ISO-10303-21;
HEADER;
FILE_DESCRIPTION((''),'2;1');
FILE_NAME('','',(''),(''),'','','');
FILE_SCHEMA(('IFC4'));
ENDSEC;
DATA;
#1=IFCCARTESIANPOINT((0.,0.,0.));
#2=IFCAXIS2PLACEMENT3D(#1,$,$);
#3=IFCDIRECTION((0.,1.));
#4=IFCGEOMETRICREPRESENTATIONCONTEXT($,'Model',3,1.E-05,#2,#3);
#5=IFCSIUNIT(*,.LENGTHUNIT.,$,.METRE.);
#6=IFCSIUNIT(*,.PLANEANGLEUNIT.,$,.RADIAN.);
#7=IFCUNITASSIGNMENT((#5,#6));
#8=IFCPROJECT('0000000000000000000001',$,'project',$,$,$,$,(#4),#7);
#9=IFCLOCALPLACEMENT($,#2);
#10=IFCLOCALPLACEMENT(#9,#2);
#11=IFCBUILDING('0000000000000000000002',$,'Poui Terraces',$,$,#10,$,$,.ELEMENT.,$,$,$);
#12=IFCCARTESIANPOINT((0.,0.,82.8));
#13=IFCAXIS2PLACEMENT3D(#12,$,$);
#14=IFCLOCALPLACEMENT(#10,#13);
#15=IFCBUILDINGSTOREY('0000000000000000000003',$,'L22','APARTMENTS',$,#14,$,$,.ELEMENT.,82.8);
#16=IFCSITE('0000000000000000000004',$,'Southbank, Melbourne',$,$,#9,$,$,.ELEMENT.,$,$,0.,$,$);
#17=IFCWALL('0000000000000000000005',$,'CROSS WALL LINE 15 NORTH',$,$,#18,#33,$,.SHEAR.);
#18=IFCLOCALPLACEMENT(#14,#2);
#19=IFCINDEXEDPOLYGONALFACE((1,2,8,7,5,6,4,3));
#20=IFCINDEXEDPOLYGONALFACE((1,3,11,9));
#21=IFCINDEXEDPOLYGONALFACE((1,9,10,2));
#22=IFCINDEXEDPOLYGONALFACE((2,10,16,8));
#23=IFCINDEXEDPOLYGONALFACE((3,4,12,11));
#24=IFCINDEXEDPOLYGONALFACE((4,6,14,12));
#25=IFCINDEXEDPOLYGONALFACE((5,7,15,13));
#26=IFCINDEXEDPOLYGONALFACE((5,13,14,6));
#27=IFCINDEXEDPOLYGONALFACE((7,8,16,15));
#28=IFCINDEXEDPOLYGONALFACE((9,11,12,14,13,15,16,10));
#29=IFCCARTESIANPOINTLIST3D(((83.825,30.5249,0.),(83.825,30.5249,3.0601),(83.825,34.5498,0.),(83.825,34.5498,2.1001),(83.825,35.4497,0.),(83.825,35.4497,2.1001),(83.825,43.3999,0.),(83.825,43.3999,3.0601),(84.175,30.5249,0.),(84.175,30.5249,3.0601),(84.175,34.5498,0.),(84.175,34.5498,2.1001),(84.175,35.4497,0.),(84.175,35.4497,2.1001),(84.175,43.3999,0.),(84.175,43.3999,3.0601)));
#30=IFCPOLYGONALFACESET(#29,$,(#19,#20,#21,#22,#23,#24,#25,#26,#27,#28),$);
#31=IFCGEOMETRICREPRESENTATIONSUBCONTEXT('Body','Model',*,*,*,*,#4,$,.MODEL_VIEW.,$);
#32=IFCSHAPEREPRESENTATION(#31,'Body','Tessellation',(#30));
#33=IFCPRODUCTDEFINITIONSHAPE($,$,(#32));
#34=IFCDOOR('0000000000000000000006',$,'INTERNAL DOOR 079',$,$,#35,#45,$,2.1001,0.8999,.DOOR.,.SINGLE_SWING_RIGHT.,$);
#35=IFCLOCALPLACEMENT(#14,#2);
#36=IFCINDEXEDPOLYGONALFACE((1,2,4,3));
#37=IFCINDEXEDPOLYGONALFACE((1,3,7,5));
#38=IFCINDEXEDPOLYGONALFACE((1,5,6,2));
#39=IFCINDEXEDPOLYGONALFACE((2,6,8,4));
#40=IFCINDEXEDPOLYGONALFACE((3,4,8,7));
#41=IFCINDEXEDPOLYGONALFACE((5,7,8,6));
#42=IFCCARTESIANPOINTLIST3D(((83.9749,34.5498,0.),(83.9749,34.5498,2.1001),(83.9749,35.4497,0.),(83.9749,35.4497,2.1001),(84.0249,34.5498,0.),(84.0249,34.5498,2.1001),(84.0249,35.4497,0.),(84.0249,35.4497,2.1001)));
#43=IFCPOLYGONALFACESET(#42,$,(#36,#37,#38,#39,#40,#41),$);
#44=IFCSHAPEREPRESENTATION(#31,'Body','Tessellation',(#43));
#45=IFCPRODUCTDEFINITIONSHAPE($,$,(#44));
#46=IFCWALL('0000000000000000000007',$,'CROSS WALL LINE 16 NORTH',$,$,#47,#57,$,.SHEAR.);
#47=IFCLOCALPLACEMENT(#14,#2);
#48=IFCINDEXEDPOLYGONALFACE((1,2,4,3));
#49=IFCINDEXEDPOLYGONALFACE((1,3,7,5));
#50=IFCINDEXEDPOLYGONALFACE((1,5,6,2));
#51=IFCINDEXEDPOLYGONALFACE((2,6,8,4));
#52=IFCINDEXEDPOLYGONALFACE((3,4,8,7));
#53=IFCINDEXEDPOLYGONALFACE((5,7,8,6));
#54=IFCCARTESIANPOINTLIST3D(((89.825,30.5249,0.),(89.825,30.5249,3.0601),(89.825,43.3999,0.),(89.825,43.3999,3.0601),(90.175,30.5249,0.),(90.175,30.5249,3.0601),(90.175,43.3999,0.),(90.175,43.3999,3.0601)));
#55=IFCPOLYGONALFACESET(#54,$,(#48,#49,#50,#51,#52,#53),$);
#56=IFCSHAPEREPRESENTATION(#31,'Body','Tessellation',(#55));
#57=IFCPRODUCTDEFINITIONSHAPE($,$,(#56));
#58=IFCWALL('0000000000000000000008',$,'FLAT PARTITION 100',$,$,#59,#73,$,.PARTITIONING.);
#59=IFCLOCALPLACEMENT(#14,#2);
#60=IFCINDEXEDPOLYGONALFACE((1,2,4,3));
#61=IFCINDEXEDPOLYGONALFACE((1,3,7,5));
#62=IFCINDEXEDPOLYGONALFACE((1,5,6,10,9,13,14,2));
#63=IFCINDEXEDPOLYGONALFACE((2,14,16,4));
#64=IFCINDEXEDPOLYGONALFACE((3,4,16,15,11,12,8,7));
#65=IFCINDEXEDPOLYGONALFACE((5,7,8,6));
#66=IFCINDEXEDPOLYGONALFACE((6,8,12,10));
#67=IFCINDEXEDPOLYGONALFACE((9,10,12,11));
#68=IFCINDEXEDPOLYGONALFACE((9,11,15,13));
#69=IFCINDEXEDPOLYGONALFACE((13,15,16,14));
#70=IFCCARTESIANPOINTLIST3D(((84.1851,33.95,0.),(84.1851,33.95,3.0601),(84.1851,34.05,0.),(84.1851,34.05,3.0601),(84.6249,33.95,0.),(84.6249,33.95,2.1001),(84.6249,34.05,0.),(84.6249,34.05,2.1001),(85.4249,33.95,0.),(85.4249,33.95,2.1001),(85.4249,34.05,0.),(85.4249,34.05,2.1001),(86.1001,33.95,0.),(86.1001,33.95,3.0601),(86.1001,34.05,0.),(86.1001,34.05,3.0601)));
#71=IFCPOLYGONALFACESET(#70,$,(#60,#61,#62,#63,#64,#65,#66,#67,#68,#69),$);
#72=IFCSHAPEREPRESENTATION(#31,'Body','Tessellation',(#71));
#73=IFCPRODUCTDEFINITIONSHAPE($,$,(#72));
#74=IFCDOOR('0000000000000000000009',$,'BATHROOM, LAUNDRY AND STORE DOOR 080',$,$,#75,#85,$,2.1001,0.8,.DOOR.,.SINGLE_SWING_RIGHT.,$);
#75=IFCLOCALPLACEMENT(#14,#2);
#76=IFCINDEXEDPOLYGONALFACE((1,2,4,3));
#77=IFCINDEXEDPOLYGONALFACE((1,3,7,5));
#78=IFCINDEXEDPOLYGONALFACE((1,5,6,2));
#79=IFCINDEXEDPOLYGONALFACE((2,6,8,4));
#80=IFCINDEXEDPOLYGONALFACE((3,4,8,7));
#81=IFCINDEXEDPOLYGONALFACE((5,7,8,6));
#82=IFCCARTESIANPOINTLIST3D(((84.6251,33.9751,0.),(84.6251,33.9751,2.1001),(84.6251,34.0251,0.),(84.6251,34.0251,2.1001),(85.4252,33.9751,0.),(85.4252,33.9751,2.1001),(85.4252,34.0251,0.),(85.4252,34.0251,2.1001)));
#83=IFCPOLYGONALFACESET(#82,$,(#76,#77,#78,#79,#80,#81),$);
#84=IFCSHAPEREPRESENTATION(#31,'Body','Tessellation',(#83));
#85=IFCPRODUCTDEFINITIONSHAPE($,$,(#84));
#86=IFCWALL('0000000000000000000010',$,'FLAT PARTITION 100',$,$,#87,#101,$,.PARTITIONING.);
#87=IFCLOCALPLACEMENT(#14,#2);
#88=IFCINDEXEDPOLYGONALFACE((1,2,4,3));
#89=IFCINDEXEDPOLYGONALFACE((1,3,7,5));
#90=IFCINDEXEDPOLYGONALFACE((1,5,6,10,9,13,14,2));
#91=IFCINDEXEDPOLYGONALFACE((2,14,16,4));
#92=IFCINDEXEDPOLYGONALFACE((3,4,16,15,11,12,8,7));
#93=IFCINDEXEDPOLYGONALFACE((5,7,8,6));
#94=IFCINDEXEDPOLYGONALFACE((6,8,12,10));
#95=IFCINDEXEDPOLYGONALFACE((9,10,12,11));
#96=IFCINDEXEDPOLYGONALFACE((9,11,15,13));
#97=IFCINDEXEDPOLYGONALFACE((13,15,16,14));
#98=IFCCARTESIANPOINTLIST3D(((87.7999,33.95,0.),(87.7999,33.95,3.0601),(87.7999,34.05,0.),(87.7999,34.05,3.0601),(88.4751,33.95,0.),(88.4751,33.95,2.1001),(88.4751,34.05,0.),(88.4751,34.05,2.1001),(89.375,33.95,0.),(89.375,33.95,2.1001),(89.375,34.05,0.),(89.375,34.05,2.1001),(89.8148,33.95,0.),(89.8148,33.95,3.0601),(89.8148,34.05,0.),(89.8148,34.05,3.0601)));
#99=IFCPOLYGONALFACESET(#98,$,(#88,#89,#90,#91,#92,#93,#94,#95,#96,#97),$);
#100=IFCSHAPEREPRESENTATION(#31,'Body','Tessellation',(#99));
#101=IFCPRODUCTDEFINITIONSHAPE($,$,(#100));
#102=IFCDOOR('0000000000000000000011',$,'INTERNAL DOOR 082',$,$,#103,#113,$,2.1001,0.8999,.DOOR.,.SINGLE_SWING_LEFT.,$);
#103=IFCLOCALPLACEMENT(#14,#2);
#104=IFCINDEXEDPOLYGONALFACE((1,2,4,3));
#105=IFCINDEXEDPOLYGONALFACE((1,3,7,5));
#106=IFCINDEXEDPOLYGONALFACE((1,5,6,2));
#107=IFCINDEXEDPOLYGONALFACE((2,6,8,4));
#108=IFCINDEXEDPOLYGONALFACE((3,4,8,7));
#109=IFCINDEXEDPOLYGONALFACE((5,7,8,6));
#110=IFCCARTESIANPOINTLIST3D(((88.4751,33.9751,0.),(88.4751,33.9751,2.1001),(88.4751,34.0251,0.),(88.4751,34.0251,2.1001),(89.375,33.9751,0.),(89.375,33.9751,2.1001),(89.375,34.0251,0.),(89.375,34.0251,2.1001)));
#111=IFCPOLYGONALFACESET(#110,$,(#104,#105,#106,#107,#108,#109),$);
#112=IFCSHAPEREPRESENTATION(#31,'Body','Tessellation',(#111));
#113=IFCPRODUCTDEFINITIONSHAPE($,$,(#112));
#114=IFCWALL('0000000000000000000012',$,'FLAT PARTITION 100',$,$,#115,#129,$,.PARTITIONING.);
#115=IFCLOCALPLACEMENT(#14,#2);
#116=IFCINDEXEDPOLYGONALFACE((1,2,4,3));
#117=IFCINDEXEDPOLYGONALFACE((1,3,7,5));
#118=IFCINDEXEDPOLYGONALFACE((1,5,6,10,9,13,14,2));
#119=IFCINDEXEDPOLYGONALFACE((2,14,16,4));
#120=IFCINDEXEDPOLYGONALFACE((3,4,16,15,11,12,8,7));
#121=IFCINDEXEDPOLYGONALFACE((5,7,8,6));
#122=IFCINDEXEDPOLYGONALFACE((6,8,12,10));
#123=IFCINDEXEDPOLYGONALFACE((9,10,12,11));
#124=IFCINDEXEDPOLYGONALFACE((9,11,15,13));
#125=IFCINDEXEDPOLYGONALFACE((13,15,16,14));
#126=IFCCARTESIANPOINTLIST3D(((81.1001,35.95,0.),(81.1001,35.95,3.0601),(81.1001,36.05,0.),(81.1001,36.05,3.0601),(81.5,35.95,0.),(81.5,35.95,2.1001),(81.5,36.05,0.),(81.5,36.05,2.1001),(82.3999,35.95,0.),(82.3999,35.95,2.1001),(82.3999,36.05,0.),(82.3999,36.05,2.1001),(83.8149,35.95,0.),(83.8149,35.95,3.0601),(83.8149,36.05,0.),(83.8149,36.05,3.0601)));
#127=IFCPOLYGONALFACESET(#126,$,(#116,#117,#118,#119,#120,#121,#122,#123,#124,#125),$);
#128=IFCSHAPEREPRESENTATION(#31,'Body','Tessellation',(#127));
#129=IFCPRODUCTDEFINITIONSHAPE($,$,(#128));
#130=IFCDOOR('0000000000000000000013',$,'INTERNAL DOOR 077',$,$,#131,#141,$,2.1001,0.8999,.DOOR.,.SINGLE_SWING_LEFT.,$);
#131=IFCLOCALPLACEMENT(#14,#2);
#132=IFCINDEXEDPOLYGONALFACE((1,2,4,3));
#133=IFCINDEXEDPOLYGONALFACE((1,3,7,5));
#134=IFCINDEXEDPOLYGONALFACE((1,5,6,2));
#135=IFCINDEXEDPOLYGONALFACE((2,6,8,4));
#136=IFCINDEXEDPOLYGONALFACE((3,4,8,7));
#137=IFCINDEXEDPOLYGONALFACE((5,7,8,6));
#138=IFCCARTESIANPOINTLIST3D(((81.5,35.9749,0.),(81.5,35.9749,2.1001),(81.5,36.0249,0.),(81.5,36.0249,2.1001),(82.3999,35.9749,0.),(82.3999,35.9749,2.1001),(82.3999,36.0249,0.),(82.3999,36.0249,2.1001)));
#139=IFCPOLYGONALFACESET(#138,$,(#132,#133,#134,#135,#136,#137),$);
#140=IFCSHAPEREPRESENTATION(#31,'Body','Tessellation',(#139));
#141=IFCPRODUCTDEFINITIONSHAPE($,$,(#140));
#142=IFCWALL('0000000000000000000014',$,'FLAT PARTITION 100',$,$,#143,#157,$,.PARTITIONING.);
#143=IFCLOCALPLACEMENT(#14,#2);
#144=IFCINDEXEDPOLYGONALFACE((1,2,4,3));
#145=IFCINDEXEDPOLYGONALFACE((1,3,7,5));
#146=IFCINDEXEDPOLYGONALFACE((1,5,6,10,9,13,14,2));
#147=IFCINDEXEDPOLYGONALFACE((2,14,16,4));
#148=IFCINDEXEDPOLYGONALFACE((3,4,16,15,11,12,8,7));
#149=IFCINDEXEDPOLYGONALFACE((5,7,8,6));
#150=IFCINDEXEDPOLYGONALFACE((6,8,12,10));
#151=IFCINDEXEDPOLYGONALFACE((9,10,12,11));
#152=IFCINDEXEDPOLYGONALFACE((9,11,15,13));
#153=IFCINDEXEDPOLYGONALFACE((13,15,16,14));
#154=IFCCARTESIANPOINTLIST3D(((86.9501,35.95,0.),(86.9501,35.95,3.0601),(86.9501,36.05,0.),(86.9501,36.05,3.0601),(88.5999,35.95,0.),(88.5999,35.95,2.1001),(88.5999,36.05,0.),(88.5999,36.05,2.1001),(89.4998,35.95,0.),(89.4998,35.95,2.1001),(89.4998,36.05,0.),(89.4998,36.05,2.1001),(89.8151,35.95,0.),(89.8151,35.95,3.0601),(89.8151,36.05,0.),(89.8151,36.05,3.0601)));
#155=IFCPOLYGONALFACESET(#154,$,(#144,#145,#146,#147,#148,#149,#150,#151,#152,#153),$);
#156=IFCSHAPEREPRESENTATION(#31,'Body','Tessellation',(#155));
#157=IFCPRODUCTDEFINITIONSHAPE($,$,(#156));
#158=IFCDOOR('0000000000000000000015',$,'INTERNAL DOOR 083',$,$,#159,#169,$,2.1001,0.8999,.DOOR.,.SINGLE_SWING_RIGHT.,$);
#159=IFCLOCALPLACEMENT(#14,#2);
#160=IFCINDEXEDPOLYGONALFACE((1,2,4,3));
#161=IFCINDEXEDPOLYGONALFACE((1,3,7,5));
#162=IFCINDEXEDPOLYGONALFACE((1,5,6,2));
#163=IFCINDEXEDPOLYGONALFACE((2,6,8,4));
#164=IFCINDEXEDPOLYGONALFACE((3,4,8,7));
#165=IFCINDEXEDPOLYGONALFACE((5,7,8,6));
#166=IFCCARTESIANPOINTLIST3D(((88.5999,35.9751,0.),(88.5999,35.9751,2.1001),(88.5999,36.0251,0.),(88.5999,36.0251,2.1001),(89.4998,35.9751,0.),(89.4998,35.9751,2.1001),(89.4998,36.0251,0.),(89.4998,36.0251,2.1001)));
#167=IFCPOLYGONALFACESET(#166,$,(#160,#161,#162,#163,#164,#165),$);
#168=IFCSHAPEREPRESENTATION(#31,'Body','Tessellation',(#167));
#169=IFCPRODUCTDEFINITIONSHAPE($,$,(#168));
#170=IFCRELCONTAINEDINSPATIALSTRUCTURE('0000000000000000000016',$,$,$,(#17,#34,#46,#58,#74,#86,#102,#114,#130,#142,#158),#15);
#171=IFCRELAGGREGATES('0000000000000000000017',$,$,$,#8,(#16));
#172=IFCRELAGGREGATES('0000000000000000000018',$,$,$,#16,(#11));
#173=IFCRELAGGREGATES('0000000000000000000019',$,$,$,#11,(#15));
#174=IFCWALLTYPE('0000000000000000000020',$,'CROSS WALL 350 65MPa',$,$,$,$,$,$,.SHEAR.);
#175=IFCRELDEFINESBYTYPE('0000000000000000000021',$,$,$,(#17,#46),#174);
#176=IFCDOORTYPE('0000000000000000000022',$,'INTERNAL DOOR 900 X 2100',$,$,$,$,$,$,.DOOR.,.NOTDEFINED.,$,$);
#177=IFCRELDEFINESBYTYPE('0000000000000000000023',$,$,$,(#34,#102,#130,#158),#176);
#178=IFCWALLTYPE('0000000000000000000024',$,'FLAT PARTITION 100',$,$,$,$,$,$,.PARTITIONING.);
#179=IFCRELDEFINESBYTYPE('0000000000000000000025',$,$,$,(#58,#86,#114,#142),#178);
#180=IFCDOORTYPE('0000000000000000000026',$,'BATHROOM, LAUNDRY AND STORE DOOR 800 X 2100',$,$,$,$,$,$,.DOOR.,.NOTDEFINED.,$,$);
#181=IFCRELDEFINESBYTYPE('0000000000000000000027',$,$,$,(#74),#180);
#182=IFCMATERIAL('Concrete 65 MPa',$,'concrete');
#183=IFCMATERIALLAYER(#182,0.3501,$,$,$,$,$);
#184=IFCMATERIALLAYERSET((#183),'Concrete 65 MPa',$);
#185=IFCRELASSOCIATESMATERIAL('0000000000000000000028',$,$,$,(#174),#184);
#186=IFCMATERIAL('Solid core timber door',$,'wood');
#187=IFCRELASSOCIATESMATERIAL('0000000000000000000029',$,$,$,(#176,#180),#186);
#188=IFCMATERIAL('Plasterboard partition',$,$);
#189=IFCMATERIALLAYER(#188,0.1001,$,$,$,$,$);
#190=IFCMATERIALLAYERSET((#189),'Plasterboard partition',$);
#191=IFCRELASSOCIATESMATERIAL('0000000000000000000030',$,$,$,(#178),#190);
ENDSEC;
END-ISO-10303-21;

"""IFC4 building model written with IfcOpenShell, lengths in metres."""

from ifc_helpers import new_model, si_unit, direction, frame, frame_2d, origin, place, context, subcontext, project, spatial, rectangle, extrude, material, layer, layer_set, type_object, element, fill, save


model = new_model("IFC4")

# Units and contexts
model_context = context("Model", 3, precision=1e-05, world=origin(), true_north=direction((0.0, 1.0)))
body_context = subcontext(model_context, "Body", "Model", "MODEL_VIEW")
ifc_project = project(units=[si_unit("LENGTHUNIT", "METRE"), si_unit("PLANEANGLEUNIT", "RADIAN")], contexts=[model_context])

# Site, building, storey
site_placement = place(None, origin())
site = spatial("IfcSite", under=ifc_project, at=site_placement, Name="Southbank, Melbourne", CompositionType="ELEMENT", RefElevation=0.0)
building_placement = place(site_placement, origin())
building = spatial("IfcBuilding", under=site, at=building_placement, Name="Poui Terraces", CompositionType="ELEMENT")
storey_placement = place(building_placement, frame((0.0, 0.0, 82.8)))
storey = spatial("IfcBuildingStorey", under=building, at=storey_placement, Name="L22", Description="APARTMENTS", CompositionType="ELEMENT", Elevation=82.8)

# Wall, opening, door
ifc_material_1 = material(Name="Concrete 65 MPa", Category="concrete")
ifc_layer_1 = layer(ifc_material_1, 0.3501)
ifc_layer_set_1 = layer_set([ifc_layer_1], Name="Concrete 65 MPa")
wall_type_1 = type_object("IfcWallType", Name="CROSS WALL 350 65MPa", PredefinedType="SHEAR", material=ifc_layer_set_1)
wall_1_placement = place(storey_placement, frame((84.0, 30.5249, 0.0), z_axis=(0.0, 0.0, 1.0), x_axis=(0.0, 1.0, 0.0)))
wall_1 = element("IfcWall", 1, at=wall_1_placement, inside=storey, type_object=wall_type_1, Name="CROSS WALL LINE 15 NORTH", PredefinedType="SHEAR", context=body_context, shape_type="SweptSolid", body=[
    extrude(rectangle(XDim=12.875, YDim=0.3501, at=frame_2d((6.4375, 0.0))), origin(), (0.0, 0.0, 1.0), 3.0601),
])
opening_1_placement = place(wall_1_placement, frame((4.0249, 0.0, 0.0)))
opening_1 = element("IfcOpeningElement", 2, at=opening_1_placement, cuts=wall_1, PredefinedType="OPENING", context=body_context, shape_type="SweptSolid", body=[
    extrude(rectangle(XDim=0.8999, YDim=2.1001, at=frame_2d((0.45, 1.05))), frame((0.0, 0.1851, 0.0), z_axis=(0.0, -1.0, 0.0), x_axis=(1.0, 0.0, 0.0)), (0.0, 0.0, 1.0), 0.3701),
])
ifc_material_2 = material(Name="Solid core timber door", Category="wood")
door_type_1 = type_object("IfcDoorType", Name="INTERNAL DOOR 900 X 2100", OperationType="NOTDEFINED", PredefinedType="DOOR", material=ifc_material_2)
door_1_placement = place(opening_1_placement, frame((0.8999, 0.0, 0.0), z_axis=(0.0, 0.0, 1.0), x_axis=(-1.0, 0.0, 0.0)))
door_1 = element("IfcDoor", 3, at=door_1_placement, inside=storey, type_object=door_type_1, Name="INTERNAL DOOR 079", OperationType="SINGLE_SWING_RIGHT", OverallHeight=2.1001, OverallWidth=0.8999, PredefinedType="DOOR", context=body_context, shape_type="SweptSolid", body=[
    extrude(rectangle(XDim=0.8999, YDim=2.1001, at=frame_2d((0.45, 1.05))), frame((0.0, 0.0249, 0.0), z_axis=(0.0, -1.0, 0.0), x_axis=(1.0, 0.0, 0.0)), (0.0, 0.0, 1.0), 0.05),
])
fill(opening_1, door_1)

# Wall
wall_2_placement = place(storey_placement, frame((90.0, 30.5249, 0.0), z_axis=(0.0, 0.0, 1.0), x_axis=(0.0, 1.0, 0.0)))
element("IfcWall", 4, at=wall_2_placement, inside=storey, type_object=wall_type_1, Name="CROSS WALL LINE 16 NORTH", PredefinedType="SHEAR", context=body_context, shape_type="SweptSolid", body=[
    extrude(rectangle(XDim=12.875, YDim=0.3501, at=frame_2d((6.4375, 0.0))), origin(), (0.0, 0.0, 1.0), 3.0601),
])

# Walls, openings, doors
ifc_material_3 = material(Name="Plasterboard partition")
ifc_layer_2 = layer(ifc_material_3, 0.1001)
ifc_layer_set_2 = layer_set([ifc_layer_2], Name="Plasterboard partition")
wall_type_2 = type_object("IfcWallType", Name="FLAT PARTITION 100", PredefinedType="PARTITIONING", material=ifc_layer_set_2)
wall_3_placement = place(storey_placement, frame((84.1851, 34.0, 0.0), z_axis=(0.0, 0.0, 1.0), x_axis=(1.0, 0.0, 0.0)))
wall_3 = element("IfcWall", 5, at=wall_3_placement, inside=storey, type_object=wall_type_2, Name="FLAT PARTITION 100", PredefinedType="PARTITIONING", context=body_context, shape_type="SweptSolid", body=[
    extrude(rectangle(XDim=1.915, YDim=0.1001, at=frame_2d((0.9575, 0.0))), origin(), (0.0, 0.0, 1.0), 3.0601),
])
opening_2_placement = place(wall_3_placement, frame((0.4399, 0.0, 0.0)))
opening_2 = element("IfcOpeningElement", 6, at=opening_2_placement, cuts=wall_3, PredefinedType="OPENING", context=body_context, shape_type="SweptSolid", body=[
    extrude(rectangle(XDim=0.8, YDim=2.1001, at=frame_2d((0.3999, 1.05))), frame((0.0, 0.0601, 0.0), z_axis=(0.0, -1.0, 0.0), x_axis=(1.0, 0.0, 0.0)), (0.0, 0.0, 1.0), 0.1201),
])
door_type_2 = type_object("IfcDoorType", Name="BATHROOM, LAUNDRY AND STORE DOOR 800 X 2100", OperationType="NOTDEFINED", PredefinedType="DOOR", material=ifc_material_2)
door_2_placement = place(opening_2_placement, frame((0.8, 0.0, 0.0), z_axis=(0.0, 0.0, 1.0), x_axis=(-1.0, 0.0, 0.0)))
door_2 = element("IfcDoor", 7, at=door_2_placement, inside=storey, type_object=door_type_2, Name="BATHROOM, LAUNDRY AND STORE DOOR 080", OperationType="SINGLE_SWING_RIGHT", OverallHeight=2.1001, OverallWidth=0.8, PredefinedType="DOOR", context=body_context, shape_type="SweptSolid", body=[
    extrude(rectangle(XDim=0.8, YDim=2.1001, at=frame_2d((0.3999, 1.05))), frame((0.0, 0.0249, 0.0), z_axis=(0.0, -1.0, 0.0), x_axis=(1.0, 0.0, 0.0)), (0.0, 0.0, 1.0), 0.05),
])
fill(opening_2, door_2)
wall_4_placement = place(storey_placement, frame((87.8, 34.0, 0.0), z_axis=(0.0, 0.0, 1.0), x_axis=(1.0, 0.0, 0.0)))
wall_4 = element("IfcWall", 8, at=wall_4_placement, inside=storey, type_object=wall_type_2, Name="FLAT PARTITION 100", PredefinedType="PARTITIONING", context=body_context, shape_type="SweptSolid", body=[
    extrude(rectangle(XDim=2.0149, YDim=0.1001, at=frame_2d((1.0073, 0.0))), origin(), (0.0, 0.0, 1.0), 3.0601),
])
opening_3_placement = place(wall_4_placement, frame((0.675, 0.0, 0.0)))
opening_3 = element("IfcOpeningElement", 9, at=opening_3_placement, cuts=wall_4, PredefinedType="OPENING", context=body_context, shape_type="SweptSolid", body=[
    extrude(rectangle(XDim=0.8999, YDim=2.1001, at=frame_2d((0.45, 1.05))), frame((0.0, 0.0601, 0.0), z_axis=(0.0, -1.0, 0.0), x_axis=(1.0, 0.0, 0.0)), (0.0, 0.0, 1.0), 0.1201),
])
door_3_placement = place(opening_3_placement, frame((0.8999, 0.0, 0.0), z_axis=(0.0, 0.0, 1.0), x_axis=(-1.0, 0.0, 0.0)))
door_3 = element("IfcDoor", 10, at=door_3_placement, inside=storey, type_object=door_type_1, Name="INTERNAL DOOR 082", OperationType="SINGLE_SWING_LEFT", OverallHeight=2.1001, OverallWidth=0.8999, PredefinedType="DOOR", context=body_context, shape_type="SweptSolid", body=[
    extrude(rectangle(XDim=0.8999, YDim=2.1001, at=frame_2d((0.45, 1.05))), frame((0.0, 0.0249, 0.0), z_axis=(0.0, -1.0, 0.0), x_axis=(1.0, 0.0, 0.0)), (0.0, 0.0, 1.0), 0.05),
])
fill(opening_3, door_3)
wall_5_placement = place(storey_placement, frame((81.1001, 36.0, 0.0), z_axis=(0.0, 0.0, 1.0), x_axis=(1.0, 0.0, 0.0)))
wall_5 = element("IfcWall", 11, at=wall_5_placement, inside=storey, type_object=wall_type_2, Name="FLAT PARTITION 100", PredefinedType="PARTITIONING", context=body_context, shape_type="SweptSolid", body=[
    extrude(rectangle(XDim=2.7148, YDim=0.1001, at=frame_2d((1.3574, 0.0))), origin(), (0.0, 0.0, 1.0), 3.0601),
])
opening_4_placement = place(wall_5_placement, frame((0.3999, 0.0, 0.0)))
opening_4 = element("IfcOpeningElement", 12, at=opening_4_placement, cuts=wall_5, PredefinedType="OPENING", context=body_context, shape_type="SweptSolid", body=[
    extrude(rectangle(XDim=0.8999, YDim=2.1001, at=frame_2d((0.45, 1.05))), frame((0.0, 0.0601, 0.0), z_axis=(0.0, -1.0, 0.0), x_axis=(1.0, 0.0, 0.0)), (0.0, 0.0, 1.0), 0.1201),
])
door_4_placement = place(opening_4_placement, origin())
door_4 = element("IfcDoor", 13, at=door_4_placement, inside=storey, type_object=door_type_1, Name="INTERNAL DOOR 077", OperationType="SINGLE_SWING_LEFT", OverallHeight=2.1001, OverallWidth=0.8999, PredefinedType="DOOR", context=body_context, shape_type="SweptSolid", body=[
    extrude(rectangle(XDim=0.8999, YDim=2.1001, at=frame_2d((0.45, 1.05))), frame((0.0, 0.0249, 0.0), z_axis=(0.0, -1.0, 0.0), x_axis=(1.0, 0.0, 0.0)), (0.0, 0.0, 1.0), 0.05),
])
fill(opening_4, door_4)
wall_6_placement = place(storey_placement, frame((86.95, 36.0, 0.0), z_axis=(0.0, 0.0, 1.0), x_axis=(1.0, 0.0, 0.0)))
wall_6 = element("IfcWall", 14, at=wall_6_placement, inside=storey, type_object=wall_type_2, Name="FLAT PARTITION 100", PredefinedType="PARTITIONING", context=body_context, shape_type="SweptSolid", body=[
    extrude(rectangle(XDim=2.865, YDim=0.1001, at=frame_2d((1.4326, 0.0))), origin(), (0.0, 0.0, 1.0), 3.0601),
])
opening_5_placement = place(wall_6_placement, frame((1.6499, 0.0, 0.0)))
opening_5 = element("IfcOpeningElement", 15, at=opening_5_placement, cuts=wall_6, PredefinedType="OPENING", context=body_context, shape_type="SweptSolid", body=[
    extrude(rectangle(XDim=0.8999, YDim=2.1001, at=frame_2d((0.45, 1.05))), frame((0.0, 0.0601, 0.0), z_axis=(0.0, -1.0, 0.0), x_axis=(1.0, 0.0, 0.0)), (0.0, 0.0, 1.0), 0.1201),
])
door_5_placement = place(opening_5_placement, frame((0.8999, 0.0, 0.0), z_axis=(0.0, 0.0, 1.0), x_axis=(-1.0, 0.0, 0.0)))
door_5 = element("IfcDoor", 16, at=door_5_placement, inside=storey, type_object=door_type_1, Name="INTERNAL DOOR 083", OperationType="SINGLE_SWING_RIGHT", OverallHeight=2.1001, OverallWidth=0.8999, PredefinedType="DOOR", context=body_context, shape_type="SweptSolid", body=[
    extrude(rectangle(XDim=0.8999, YDim=2.1001, at=frame_2d((0.45, 1.05))), frame((0.0, 0.0249, 0.0), z_axis=(0.0, -1.0, 0.0), x_axis=(1.0, 0.0, 0.0)), (0.0, 0.0, 1.0), 0.05),
])
fill(opening_5, door_5)

save(model, "model.ifc")
